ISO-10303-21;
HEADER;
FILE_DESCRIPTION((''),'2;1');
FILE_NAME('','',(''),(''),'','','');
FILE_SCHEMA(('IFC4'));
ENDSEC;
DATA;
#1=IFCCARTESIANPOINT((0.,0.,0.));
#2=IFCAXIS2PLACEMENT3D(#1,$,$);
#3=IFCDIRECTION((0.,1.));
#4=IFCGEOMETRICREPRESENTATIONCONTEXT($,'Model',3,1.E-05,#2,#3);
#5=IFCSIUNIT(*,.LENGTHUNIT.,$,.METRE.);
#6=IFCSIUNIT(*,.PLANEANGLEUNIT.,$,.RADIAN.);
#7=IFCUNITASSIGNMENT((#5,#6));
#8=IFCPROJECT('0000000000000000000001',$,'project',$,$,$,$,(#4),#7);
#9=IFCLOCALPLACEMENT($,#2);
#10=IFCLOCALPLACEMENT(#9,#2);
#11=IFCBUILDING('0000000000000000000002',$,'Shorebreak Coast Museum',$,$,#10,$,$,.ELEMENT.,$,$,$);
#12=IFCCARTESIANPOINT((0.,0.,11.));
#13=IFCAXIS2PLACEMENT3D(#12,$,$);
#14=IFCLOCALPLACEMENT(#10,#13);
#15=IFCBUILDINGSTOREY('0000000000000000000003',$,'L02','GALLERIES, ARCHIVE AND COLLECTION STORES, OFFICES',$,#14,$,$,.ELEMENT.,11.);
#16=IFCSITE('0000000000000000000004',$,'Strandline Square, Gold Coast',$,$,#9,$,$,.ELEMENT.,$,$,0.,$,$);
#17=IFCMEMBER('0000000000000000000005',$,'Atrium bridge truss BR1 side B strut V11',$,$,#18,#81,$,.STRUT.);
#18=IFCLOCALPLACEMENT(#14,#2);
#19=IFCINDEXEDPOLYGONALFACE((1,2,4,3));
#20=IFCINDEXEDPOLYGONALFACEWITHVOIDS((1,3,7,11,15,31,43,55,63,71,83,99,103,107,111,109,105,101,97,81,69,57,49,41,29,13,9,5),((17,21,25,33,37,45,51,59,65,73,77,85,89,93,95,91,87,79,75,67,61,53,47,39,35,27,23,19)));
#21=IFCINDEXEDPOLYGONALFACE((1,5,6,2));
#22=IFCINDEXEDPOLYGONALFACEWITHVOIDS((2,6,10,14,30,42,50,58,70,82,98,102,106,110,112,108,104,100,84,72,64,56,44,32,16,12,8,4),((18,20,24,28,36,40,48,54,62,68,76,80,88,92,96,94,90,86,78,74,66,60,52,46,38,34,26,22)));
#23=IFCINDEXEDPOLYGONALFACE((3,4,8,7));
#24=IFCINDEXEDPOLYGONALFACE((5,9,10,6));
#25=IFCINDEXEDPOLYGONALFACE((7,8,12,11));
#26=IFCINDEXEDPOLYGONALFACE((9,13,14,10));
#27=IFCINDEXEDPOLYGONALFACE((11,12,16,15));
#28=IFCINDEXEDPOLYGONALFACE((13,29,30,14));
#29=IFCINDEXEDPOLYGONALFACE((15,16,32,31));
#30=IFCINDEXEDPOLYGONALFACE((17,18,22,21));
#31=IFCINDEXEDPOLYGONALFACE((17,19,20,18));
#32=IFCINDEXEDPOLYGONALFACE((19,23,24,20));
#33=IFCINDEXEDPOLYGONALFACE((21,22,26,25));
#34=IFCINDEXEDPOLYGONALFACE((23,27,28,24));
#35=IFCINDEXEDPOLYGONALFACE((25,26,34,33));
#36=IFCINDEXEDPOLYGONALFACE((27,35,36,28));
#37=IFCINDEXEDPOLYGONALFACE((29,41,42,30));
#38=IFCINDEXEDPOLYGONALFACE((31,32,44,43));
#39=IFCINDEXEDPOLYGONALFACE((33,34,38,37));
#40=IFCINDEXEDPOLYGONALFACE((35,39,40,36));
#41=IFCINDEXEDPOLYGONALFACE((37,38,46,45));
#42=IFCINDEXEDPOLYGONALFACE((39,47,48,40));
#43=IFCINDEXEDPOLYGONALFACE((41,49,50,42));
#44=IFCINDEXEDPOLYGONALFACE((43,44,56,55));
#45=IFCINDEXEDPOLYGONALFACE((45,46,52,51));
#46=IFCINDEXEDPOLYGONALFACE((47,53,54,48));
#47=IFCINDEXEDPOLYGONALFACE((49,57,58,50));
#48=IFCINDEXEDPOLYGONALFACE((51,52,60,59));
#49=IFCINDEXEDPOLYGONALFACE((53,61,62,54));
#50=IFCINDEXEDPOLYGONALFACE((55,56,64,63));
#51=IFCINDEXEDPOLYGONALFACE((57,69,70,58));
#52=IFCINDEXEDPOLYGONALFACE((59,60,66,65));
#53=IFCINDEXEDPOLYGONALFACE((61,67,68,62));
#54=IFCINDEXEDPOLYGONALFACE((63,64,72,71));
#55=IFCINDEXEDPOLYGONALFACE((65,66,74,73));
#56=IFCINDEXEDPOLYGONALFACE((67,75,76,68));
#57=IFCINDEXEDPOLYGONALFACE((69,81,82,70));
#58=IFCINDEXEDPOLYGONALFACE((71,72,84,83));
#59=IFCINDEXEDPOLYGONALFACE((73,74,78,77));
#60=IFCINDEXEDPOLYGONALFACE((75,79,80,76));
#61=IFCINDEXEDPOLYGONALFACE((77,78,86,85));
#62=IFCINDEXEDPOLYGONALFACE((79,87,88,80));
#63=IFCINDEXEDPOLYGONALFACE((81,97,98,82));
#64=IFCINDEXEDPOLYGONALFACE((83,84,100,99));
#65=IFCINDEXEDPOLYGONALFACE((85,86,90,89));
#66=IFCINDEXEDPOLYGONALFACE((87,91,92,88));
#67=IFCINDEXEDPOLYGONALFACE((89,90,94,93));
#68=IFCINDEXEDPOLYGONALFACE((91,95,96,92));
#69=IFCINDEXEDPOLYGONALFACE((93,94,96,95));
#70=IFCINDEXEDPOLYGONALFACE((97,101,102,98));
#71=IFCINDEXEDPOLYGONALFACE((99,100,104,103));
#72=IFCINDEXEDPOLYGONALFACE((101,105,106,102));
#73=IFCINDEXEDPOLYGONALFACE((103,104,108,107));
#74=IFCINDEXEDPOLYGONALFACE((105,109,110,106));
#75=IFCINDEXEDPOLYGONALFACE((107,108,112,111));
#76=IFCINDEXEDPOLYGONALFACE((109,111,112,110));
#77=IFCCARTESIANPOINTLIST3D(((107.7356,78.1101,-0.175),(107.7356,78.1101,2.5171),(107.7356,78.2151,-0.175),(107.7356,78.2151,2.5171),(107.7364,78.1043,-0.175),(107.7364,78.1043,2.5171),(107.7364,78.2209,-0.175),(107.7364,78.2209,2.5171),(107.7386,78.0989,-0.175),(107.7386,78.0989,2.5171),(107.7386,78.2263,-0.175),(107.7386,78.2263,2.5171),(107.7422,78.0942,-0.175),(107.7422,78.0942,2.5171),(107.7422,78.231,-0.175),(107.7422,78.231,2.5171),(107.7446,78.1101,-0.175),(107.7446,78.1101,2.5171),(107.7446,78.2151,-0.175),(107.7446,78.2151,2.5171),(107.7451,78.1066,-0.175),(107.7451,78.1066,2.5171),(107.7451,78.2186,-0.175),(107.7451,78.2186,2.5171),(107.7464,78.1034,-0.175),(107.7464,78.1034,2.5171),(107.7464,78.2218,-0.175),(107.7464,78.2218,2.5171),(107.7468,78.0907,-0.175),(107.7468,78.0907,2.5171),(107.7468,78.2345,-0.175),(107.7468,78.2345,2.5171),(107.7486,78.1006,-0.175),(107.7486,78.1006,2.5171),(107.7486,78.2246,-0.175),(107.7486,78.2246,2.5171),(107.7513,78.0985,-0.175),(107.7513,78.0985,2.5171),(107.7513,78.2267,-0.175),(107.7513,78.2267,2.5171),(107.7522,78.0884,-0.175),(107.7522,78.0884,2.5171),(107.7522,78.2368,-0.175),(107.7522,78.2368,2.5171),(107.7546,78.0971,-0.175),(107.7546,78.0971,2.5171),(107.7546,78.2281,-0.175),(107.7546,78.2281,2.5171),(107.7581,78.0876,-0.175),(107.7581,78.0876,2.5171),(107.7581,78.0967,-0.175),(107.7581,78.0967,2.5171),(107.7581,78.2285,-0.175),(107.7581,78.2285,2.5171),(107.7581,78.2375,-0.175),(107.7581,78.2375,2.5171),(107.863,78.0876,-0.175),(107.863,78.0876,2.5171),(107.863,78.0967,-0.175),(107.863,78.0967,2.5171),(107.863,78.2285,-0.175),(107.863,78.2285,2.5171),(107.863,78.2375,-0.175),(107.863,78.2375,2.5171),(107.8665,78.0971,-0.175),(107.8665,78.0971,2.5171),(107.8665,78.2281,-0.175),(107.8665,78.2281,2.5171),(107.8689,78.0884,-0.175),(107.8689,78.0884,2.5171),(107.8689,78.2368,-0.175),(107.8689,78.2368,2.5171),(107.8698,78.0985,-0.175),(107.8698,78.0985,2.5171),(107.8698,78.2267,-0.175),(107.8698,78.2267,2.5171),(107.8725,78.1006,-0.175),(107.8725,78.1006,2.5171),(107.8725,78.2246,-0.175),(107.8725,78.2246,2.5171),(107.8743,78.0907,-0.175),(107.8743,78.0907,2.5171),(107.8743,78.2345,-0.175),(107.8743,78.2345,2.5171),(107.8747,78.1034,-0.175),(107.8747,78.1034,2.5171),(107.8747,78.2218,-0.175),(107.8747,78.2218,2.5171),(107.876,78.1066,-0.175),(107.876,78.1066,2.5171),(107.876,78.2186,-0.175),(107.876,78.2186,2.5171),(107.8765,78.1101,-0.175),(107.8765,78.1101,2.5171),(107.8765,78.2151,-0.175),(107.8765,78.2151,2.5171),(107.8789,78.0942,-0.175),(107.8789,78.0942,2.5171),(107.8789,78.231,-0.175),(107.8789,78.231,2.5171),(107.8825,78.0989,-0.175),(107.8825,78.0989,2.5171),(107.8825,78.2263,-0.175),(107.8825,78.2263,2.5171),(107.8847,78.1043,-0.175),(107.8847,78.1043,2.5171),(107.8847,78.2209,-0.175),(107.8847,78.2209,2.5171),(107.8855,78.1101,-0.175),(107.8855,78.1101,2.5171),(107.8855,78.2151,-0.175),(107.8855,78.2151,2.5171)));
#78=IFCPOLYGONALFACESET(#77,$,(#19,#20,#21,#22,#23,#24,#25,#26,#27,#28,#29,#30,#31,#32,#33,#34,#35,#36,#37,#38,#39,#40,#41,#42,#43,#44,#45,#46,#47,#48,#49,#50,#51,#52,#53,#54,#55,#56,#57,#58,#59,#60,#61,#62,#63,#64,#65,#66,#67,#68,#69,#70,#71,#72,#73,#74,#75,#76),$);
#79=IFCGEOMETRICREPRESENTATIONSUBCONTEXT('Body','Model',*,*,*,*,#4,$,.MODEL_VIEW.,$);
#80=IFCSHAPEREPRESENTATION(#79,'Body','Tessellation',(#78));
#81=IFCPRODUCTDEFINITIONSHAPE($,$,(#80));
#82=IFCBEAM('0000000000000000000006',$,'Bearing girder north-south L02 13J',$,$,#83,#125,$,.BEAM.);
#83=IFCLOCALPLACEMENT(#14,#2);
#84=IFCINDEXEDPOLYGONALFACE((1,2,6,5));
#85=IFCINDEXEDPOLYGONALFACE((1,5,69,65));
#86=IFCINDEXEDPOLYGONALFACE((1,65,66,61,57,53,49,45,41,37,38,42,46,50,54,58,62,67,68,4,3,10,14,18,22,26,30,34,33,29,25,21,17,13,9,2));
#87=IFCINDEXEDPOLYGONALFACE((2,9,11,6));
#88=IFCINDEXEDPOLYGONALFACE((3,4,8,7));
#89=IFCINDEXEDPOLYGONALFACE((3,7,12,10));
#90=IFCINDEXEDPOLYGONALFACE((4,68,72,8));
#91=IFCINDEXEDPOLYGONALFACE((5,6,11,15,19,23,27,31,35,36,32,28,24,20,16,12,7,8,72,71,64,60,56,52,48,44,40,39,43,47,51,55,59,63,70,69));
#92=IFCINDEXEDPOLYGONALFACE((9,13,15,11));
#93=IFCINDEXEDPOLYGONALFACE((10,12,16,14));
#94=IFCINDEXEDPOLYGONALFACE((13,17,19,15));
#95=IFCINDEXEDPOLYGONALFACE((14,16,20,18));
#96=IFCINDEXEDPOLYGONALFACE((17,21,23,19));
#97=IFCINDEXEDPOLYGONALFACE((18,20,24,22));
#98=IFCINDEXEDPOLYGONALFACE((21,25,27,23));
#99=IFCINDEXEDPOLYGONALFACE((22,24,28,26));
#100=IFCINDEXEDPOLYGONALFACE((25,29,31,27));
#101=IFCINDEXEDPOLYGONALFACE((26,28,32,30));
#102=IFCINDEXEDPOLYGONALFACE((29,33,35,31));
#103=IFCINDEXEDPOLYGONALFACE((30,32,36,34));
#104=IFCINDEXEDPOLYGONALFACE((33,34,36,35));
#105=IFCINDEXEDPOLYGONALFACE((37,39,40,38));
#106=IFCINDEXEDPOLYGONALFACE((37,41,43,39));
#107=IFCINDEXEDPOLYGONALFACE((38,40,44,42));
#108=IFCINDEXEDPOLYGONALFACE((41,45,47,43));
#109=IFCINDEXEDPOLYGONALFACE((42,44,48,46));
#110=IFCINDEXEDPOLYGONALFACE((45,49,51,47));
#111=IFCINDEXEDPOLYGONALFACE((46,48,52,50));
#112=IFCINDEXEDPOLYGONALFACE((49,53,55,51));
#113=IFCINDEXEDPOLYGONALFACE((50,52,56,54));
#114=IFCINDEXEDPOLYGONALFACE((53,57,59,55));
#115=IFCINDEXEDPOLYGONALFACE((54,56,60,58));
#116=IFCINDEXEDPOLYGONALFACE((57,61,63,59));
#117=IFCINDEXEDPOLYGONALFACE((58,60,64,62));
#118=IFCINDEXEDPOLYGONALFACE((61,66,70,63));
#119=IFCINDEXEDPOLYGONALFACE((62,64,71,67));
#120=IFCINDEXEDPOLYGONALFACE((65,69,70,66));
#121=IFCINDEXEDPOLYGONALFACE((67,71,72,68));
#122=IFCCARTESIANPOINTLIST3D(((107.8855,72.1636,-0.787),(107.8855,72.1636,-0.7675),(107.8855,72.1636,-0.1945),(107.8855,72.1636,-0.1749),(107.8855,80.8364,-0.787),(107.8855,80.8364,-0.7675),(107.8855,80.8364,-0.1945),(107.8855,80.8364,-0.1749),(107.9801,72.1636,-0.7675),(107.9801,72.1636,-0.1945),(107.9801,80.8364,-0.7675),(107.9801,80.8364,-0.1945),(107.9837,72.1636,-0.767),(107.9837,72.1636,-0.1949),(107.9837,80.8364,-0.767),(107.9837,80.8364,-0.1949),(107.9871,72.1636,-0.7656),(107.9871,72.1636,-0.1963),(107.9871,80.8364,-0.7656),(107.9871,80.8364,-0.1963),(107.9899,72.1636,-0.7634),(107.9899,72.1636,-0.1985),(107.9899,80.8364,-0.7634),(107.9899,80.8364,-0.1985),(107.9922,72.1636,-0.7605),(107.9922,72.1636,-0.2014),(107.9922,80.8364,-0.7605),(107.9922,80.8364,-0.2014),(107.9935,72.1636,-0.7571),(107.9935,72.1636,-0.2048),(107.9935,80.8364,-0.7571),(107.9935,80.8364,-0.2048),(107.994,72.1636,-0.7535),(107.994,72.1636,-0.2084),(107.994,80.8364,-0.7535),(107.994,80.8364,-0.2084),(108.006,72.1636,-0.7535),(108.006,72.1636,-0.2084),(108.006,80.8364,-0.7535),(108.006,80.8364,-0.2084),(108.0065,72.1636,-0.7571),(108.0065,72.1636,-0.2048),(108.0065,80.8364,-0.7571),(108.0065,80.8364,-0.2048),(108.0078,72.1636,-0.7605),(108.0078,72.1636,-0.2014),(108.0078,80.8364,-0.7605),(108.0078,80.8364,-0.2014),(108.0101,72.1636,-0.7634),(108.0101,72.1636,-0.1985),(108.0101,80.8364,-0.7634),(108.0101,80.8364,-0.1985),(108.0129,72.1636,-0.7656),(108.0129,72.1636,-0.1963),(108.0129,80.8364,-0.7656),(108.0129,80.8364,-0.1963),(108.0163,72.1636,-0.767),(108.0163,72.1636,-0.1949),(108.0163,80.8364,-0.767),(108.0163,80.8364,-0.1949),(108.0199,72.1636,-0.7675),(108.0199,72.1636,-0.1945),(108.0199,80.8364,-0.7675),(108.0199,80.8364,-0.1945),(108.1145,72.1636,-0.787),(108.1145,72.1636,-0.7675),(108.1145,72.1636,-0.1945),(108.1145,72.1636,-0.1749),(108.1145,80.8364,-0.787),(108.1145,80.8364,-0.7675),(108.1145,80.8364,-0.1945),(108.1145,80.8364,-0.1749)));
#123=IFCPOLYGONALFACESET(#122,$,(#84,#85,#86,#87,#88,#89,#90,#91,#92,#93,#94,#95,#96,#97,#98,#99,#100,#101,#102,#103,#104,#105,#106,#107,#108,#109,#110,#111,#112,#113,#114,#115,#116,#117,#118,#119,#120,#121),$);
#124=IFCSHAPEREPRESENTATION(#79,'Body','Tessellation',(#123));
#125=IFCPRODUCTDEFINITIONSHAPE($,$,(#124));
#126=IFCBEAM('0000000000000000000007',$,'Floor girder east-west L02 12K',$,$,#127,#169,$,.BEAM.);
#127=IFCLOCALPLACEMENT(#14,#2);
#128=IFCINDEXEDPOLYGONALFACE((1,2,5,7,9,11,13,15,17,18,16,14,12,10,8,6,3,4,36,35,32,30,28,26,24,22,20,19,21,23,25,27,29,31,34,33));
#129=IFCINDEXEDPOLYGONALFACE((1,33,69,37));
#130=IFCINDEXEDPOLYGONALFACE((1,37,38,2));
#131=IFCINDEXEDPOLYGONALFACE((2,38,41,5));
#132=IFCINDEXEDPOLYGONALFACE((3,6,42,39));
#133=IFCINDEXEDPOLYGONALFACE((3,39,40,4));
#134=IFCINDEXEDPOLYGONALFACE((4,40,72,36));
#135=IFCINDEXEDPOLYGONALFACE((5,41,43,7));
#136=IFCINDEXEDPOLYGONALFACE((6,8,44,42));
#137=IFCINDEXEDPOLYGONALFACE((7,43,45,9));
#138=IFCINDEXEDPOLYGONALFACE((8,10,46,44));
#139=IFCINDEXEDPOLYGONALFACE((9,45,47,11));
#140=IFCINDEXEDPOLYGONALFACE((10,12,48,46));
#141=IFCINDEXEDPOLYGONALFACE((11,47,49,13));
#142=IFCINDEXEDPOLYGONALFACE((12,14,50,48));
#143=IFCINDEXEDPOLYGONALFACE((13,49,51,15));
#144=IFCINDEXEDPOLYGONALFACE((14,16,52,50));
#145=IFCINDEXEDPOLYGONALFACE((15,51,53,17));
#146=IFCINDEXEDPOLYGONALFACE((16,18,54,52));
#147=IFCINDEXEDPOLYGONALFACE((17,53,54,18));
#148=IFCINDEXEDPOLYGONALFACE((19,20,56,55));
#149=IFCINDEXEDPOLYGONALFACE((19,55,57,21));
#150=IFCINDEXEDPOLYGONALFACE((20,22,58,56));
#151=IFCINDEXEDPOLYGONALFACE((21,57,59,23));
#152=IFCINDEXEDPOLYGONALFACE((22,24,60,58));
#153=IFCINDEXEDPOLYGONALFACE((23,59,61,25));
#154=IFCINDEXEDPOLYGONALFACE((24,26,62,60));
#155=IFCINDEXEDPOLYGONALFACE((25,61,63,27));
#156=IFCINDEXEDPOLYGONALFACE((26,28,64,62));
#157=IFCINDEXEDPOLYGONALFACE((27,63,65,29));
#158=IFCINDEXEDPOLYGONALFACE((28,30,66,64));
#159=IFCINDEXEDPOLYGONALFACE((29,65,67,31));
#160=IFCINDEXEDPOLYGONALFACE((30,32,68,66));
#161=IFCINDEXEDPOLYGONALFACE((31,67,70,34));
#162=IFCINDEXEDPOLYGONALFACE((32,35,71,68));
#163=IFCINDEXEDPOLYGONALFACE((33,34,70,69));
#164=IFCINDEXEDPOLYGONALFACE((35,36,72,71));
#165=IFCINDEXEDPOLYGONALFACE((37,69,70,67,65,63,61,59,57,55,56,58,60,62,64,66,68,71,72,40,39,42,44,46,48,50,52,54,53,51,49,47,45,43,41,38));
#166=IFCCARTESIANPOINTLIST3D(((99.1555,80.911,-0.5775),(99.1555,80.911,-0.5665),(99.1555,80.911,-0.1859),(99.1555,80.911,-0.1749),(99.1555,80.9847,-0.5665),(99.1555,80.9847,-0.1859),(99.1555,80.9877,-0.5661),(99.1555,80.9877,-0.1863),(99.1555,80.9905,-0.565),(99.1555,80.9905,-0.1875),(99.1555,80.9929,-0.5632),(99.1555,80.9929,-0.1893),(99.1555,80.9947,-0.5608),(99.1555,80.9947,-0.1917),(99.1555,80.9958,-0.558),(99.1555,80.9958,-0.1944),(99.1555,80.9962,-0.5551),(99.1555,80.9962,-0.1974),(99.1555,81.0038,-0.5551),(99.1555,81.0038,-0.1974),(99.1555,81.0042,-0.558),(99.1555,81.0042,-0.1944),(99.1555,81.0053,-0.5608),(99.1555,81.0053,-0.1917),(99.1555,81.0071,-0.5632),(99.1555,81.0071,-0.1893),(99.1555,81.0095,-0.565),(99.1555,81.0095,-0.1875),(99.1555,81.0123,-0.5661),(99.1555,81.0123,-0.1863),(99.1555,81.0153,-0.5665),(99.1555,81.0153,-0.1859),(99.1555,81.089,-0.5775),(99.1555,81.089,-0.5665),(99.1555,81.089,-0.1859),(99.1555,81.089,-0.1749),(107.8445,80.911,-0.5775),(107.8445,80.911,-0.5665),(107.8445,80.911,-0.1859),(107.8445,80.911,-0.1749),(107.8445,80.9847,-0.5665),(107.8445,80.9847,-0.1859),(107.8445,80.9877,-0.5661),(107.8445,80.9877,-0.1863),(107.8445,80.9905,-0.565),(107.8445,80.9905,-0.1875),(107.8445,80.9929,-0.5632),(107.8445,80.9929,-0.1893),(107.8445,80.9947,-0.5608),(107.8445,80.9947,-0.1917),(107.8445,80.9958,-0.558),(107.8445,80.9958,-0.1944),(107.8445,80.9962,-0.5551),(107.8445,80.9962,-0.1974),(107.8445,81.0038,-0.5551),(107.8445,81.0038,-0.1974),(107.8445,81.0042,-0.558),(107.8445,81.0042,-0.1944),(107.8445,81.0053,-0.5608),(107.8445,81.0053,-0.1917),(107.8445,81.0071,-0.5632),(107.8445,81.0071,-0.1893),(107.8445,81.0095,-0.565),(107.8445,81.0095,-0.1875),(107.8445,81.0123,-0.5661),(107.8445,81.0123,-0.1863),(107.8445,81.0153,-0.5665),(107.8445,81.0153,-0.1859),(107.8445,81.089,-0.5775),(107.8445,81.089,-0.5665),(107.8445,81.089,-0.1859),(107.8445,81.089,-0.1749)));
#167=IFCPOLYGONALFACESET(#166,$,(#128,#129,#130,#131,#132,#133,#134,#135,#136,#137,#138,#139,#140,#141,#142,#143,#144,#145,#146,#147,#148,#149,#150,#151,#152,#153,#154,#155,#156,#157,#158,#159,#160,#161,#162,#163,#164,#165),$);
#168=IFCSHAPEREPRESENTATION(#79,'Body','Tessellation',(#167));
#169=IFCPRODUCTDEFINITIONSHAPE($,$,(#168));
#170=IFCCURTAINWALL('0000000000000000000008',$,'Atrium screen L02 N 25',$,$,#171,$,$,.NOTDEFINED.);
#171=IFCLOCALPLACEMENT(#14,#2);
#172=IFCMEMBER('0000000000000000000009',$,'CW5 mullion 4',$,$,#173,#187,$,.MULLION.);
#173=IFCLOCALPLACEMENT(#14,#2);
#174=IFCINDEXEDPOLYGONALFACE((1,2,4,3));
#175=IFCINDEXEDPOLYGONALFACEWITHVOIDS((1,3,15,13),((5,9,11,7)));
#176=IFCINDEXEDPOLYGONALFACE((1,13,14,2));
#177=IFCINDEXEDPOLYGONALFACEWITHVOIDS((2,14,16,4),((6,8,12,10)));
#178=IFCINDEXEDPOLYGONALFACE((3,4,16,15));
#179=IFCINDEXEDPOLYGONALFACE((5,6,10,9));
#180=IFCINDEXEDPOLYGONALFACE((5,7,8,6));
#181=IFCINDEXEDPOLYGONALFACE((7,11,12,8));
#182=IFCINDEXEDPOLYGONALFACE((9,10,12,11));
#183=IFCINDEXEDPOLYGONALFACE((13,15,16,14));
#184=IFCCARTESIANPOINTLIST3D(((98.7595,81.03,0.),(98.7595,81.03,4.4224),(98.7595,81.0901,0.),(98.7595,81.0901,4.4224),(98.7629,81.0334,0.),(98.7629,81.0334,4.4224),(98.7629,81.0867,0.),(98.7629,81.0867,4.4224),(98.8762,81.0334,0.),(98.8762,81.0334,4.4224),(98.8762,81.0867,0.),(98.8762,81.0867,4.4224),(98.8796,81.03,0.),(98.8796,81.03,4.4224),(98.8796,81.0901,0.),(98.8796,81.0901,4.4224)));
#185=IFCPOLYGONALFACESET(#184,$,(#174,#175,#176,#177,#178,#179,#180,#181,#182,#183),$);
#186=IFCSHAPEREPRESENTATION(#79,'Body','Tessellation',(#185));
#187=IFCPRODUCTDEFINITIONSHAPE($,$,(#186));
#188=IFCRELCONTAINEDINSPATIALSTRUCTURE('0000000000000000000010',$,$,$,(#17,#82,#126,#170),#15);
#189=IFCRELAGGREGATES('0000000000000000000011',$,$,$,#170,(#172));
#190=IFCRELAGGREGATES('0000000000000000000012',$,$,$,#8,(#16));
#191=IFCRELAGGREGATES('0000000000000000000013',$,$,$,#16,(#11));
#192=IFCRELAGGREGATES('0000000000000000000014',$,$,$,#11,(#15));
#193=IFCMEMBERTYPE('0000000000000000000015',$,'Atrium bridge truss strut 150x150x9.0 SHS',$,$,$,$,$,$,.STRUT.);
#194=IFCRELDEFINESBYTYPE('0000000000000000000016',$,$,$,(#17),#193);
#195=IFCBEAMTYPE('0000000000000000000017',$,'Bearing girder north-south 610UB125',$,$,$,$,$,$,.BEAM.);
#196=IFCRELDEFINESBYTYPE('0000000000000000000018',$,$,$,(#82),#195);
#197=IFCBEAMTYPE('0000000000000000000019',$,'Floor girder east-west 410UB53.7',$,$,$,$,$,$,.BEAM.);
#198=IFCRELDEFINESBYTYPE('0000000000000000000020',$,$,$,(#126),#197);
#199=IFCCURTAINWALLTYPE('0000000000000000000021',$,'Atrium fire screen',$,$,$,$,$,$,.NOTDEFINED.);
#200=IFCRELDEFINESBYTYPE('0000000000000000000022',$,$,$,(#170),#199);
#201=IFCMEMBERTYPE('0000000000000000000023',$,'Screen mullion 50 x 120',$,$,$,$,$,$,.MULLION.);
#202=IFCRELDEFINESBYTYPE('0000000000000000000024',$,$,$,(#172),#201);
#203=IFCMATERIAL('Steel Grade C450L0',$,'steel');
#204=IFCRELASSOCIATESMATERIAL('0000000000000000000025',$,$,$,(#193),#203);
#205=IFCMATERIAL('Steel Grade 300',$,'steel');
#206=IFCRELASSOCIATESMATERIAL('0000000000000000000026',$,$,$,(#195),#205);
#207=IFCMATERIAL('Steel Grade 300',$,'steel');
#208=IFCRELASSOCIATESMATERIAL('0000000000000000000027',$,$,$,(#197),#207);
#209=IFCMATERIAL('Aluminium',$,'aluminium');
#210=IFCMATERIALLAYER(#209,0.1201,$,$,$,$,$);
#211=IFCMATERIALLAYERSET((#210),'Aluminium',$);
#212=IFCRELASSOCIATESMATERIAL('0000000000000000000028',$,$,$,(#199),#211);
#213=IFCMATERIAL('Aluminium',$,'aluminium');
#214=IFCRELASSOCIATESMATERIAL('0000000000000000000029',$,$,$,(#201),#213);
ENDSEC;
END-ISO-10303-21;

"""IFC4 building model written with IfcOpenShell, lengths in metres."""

from ifc_helpers import new_model, si_unit, direction, frame, origin, origin_2d, place, context, subcontext, project, spatial, hollow_rectangle, i_section, extrude, material, layer, layer_set, material_profile, profile_set, type_object, element, aggregate, save


model = new_model("IFC4")

# Units and contexts
model_context = context("Model", 3, precision=1e-05, world=origin(), true_north=direction((0.0, 1.0)))
body_context = subcontext(model_context, "Body", "Model", "MODEL_VIEW")
ifc_project = project(units=[si_unit("LENGTHUNIT", "METRE"), si_unit("PLANEANGLEUNIT", "RADIAN")], contexts=[model_context])

# Site, building, storey
site_placement = place(None, origin())
site = spatial("IfcSite", under=ifc_project, at=site_placement, Name="Strandline Square, Gold Coast", CompositionType="ELEMENT", RefElevation=0.0)
building_placement = place(site_placement, origin())
building = spatial("IfcBuilding", under=site, at=building_placement, Name="Shorebreak Coast Museum", CompositionType="ELEMENT")
storey_placement = place(building_placement, frame((0.0, 0.0, 11.0)))
storey = spatial("IfcBuildingStorey", under=building, at=storey_placement, Name="L02", Description="GALLERIES, ARCHIVE AND COLLECTION STORES, OFFICES", CompositionType="ELEMENT", Elevation=11.0)

# Member
ifc_material_1 = material(Name="Steel Grade C450L0", Category="steel")
ifc_material_profile_1 = material_profile(ifc_material_1, hollow_rectangle(XDim=0.1499, YDim=0.1499, WallThickness=0.009, InnerFilletRadius=0.0134, OuterFilletRadius=0.0225, at=origin_2d()), Name="150x150x9.0 SHS")
ifc_profile_set_1 = profile_set([ifc_material_profile_1], Name="Steel Grade C450L0")
member_type_1 = type_object("IfcMemberType", Name="Atrium bridge truss strut 150x150x9.0 SHS", PredefinedType="STRUT", material=ifc_profile_set_1)
for number, where, z_axis, x_axis, name in (
    (1, (107.8105, 78.1626, -0.175), (0.0, 0.0, 1.0), (1.0, 0.0, 0.0), "Atrium bridge truss BR1 side B strut V11"),
):
    element("IfcMember", number, at=place(storey_placement, frame(where, z_axis=z_axis, x_axis=x_axis)), inside=storey, type_object=member_type_1, Name=name, PredefinedType="STRUT", context=body_context, shape_type="SweptSolid", body=[
        extrude(hollow_rectangle(XDim=0.1499, YDim=0.1499, WallThickness=0.009, InnerFilletRadius=0.0134, OuterFilletRadius=0.0225, at=origin_2d()), origin(), (0.0, 0.0, 1.0), 2.6921),
    ])

# Beams
ifc_material_2 = material(Name="Steel Grade 300", Category="steel")
ifc_material_profile_2 = material_profile(ifc_material_2, i_section(OverallWidth=0.229, OverallDepth=0.6121, WebThickness=0.012, FlangeThickness=0.0195, FilletRadius=0.0139, at=origin_2d()), Name="610UB125")
ifc_profile_set_2 = profile_set([ifc_material_profile_2], Name="Steel Grade 300")
beam_type_1 = type_object("IfcBeamType", Name="Bearing girder north-south 610UB125", PredefinedType="BEAM", material=ifc_profile_set_2)
beam_1_placement = place(storey_placement, frame((108.0, 72.1636, -0.481), z_axis=(0.0, 1.0, 0.0), x_axis=(-1.0, 0.0, 0.0)))
element("IfcBeam", 2, at=beam_1_placement, inside=storey, type_object=beam_type_1, Name="Bearing girder north-south L02 13J", PredefinedType="BEAM", context=body_context, shape_type="SweptSolid", body=[
    extrude(i_section(OverallWidth=0.229, OverallDepth=0.6121, WebThickness=0.012, FlangeThickness=0.0195, FilletRadius=0.0139, at=origin_2d()), origin(), (0.0, 0.0, 1.0), 8.6729),
])
ifc_material_3 = material(Name="Steel Grade 300", Category="steel")
ifc_material_profile_3 = material_profile(ifc_material_3, i_section(OverallWidth=0.178, OverallDepth=0.4026, WebThickness=0.0076, FlangeThickness=0.011, FilletRadius=0.0115, at=origin_2d()), Name="410UB53.7")
ifc_profile_set_3 = profile_set([ifc_material_profile_3], Name="Steel Grade 300")
beam_type_2 = type_object("IfcBeamType", Name="Floor girder east-west 410UB53.7", PredefinedType="BEAM", material=ifc_profile_set_3)
beam_2_placement = place(storey_placement, frame((99.1555, 81.0, -0.3762), z_axis=(1.0, 0.0, 0.0), x_axis=(0.0, 1.0, 0.0)))
element("IfcBeam", 3, at=beam_2_placement, inside=storey, type_object=beam_type_2, Name="Floor girder east-west L02 12K", PredefinedType="BEAM", context=body_context, shape_type="SweptSolid", body=[
    extrude(i_section(OverallWidth=0.178, OverallDepth=0.4026, WebThickness=0.0076, FlangeThickness=0.011, FilletRadius=0.0115, at=origin_2d()), origin(), (0.0, 0.0, 1.0), 8.689),
])

# Curtain wall, member
ifc_material_4 = material(Name="Aluminium", Category="aluminium")
ifc_layer_1 = layer(ifc_material_4, 0.1201)
ifc_layer_set_1 = layer_set([ifc_layer_1], Name="Aluminium")
curtain_wall_type = type_object("IfcCurtainWallType", Name="Atrium fire screen", PredefinedType="NOTDEFINED", material=ifc_layer_set_1)
curtain_wall_1_placement = place(storey_placement, origin())
curtain_wall_1 = element("IfcCurtainWall", 4, at=curtain_wall_1_placement, inside=storey, type_object=curtain_wall_type, Name="Atrium screen L02 N 25", PredefinedType="NOTDEFINED")
ifc_material_5 = material(Name="Aluminium", Category="aluminium")
ifc_material_profile_4 = material_profile(ifc_material_5, hollow_rectangle(XDim=0.0601, YDim=0.1201, WallThickness=0.0034, at=origin_2d()), Name="AL 120x60 RHS")
ifc_profile_set_4 = profile_set([ifc_material_profile_4], Name="Aluminium")
member_type_2 = type_object("IfcMemberType", Name="Screen mullion 50 x 120", PredefinedType="MULLION", material=ifc_profile_set_4)
member_1_placement = place(storey_placement, frame((98.8196, 81.0601, 0.0), z_axis=(0.0, 0.0, 1.0), x_axis=(0.0, 1.0, 0.0)))
member_1 = element("IfcMember", 5, at=member_1_placement, type_object=member_type_2, Name="CW5 mullion 4", PredefinedType="MULLION", context=body_context, shape_type="SweptSolid", body=[
    extrude(hollow_rectangle(XDim=0.0601, YDim=0.1201, WallThickness=0.0034, at=origin_2d()), origin(), (0.0, 0.0, 1.0), 4.4224),
])

aggregate(curtain_wall_1, [member_1])

save(model, "model.ifc")
